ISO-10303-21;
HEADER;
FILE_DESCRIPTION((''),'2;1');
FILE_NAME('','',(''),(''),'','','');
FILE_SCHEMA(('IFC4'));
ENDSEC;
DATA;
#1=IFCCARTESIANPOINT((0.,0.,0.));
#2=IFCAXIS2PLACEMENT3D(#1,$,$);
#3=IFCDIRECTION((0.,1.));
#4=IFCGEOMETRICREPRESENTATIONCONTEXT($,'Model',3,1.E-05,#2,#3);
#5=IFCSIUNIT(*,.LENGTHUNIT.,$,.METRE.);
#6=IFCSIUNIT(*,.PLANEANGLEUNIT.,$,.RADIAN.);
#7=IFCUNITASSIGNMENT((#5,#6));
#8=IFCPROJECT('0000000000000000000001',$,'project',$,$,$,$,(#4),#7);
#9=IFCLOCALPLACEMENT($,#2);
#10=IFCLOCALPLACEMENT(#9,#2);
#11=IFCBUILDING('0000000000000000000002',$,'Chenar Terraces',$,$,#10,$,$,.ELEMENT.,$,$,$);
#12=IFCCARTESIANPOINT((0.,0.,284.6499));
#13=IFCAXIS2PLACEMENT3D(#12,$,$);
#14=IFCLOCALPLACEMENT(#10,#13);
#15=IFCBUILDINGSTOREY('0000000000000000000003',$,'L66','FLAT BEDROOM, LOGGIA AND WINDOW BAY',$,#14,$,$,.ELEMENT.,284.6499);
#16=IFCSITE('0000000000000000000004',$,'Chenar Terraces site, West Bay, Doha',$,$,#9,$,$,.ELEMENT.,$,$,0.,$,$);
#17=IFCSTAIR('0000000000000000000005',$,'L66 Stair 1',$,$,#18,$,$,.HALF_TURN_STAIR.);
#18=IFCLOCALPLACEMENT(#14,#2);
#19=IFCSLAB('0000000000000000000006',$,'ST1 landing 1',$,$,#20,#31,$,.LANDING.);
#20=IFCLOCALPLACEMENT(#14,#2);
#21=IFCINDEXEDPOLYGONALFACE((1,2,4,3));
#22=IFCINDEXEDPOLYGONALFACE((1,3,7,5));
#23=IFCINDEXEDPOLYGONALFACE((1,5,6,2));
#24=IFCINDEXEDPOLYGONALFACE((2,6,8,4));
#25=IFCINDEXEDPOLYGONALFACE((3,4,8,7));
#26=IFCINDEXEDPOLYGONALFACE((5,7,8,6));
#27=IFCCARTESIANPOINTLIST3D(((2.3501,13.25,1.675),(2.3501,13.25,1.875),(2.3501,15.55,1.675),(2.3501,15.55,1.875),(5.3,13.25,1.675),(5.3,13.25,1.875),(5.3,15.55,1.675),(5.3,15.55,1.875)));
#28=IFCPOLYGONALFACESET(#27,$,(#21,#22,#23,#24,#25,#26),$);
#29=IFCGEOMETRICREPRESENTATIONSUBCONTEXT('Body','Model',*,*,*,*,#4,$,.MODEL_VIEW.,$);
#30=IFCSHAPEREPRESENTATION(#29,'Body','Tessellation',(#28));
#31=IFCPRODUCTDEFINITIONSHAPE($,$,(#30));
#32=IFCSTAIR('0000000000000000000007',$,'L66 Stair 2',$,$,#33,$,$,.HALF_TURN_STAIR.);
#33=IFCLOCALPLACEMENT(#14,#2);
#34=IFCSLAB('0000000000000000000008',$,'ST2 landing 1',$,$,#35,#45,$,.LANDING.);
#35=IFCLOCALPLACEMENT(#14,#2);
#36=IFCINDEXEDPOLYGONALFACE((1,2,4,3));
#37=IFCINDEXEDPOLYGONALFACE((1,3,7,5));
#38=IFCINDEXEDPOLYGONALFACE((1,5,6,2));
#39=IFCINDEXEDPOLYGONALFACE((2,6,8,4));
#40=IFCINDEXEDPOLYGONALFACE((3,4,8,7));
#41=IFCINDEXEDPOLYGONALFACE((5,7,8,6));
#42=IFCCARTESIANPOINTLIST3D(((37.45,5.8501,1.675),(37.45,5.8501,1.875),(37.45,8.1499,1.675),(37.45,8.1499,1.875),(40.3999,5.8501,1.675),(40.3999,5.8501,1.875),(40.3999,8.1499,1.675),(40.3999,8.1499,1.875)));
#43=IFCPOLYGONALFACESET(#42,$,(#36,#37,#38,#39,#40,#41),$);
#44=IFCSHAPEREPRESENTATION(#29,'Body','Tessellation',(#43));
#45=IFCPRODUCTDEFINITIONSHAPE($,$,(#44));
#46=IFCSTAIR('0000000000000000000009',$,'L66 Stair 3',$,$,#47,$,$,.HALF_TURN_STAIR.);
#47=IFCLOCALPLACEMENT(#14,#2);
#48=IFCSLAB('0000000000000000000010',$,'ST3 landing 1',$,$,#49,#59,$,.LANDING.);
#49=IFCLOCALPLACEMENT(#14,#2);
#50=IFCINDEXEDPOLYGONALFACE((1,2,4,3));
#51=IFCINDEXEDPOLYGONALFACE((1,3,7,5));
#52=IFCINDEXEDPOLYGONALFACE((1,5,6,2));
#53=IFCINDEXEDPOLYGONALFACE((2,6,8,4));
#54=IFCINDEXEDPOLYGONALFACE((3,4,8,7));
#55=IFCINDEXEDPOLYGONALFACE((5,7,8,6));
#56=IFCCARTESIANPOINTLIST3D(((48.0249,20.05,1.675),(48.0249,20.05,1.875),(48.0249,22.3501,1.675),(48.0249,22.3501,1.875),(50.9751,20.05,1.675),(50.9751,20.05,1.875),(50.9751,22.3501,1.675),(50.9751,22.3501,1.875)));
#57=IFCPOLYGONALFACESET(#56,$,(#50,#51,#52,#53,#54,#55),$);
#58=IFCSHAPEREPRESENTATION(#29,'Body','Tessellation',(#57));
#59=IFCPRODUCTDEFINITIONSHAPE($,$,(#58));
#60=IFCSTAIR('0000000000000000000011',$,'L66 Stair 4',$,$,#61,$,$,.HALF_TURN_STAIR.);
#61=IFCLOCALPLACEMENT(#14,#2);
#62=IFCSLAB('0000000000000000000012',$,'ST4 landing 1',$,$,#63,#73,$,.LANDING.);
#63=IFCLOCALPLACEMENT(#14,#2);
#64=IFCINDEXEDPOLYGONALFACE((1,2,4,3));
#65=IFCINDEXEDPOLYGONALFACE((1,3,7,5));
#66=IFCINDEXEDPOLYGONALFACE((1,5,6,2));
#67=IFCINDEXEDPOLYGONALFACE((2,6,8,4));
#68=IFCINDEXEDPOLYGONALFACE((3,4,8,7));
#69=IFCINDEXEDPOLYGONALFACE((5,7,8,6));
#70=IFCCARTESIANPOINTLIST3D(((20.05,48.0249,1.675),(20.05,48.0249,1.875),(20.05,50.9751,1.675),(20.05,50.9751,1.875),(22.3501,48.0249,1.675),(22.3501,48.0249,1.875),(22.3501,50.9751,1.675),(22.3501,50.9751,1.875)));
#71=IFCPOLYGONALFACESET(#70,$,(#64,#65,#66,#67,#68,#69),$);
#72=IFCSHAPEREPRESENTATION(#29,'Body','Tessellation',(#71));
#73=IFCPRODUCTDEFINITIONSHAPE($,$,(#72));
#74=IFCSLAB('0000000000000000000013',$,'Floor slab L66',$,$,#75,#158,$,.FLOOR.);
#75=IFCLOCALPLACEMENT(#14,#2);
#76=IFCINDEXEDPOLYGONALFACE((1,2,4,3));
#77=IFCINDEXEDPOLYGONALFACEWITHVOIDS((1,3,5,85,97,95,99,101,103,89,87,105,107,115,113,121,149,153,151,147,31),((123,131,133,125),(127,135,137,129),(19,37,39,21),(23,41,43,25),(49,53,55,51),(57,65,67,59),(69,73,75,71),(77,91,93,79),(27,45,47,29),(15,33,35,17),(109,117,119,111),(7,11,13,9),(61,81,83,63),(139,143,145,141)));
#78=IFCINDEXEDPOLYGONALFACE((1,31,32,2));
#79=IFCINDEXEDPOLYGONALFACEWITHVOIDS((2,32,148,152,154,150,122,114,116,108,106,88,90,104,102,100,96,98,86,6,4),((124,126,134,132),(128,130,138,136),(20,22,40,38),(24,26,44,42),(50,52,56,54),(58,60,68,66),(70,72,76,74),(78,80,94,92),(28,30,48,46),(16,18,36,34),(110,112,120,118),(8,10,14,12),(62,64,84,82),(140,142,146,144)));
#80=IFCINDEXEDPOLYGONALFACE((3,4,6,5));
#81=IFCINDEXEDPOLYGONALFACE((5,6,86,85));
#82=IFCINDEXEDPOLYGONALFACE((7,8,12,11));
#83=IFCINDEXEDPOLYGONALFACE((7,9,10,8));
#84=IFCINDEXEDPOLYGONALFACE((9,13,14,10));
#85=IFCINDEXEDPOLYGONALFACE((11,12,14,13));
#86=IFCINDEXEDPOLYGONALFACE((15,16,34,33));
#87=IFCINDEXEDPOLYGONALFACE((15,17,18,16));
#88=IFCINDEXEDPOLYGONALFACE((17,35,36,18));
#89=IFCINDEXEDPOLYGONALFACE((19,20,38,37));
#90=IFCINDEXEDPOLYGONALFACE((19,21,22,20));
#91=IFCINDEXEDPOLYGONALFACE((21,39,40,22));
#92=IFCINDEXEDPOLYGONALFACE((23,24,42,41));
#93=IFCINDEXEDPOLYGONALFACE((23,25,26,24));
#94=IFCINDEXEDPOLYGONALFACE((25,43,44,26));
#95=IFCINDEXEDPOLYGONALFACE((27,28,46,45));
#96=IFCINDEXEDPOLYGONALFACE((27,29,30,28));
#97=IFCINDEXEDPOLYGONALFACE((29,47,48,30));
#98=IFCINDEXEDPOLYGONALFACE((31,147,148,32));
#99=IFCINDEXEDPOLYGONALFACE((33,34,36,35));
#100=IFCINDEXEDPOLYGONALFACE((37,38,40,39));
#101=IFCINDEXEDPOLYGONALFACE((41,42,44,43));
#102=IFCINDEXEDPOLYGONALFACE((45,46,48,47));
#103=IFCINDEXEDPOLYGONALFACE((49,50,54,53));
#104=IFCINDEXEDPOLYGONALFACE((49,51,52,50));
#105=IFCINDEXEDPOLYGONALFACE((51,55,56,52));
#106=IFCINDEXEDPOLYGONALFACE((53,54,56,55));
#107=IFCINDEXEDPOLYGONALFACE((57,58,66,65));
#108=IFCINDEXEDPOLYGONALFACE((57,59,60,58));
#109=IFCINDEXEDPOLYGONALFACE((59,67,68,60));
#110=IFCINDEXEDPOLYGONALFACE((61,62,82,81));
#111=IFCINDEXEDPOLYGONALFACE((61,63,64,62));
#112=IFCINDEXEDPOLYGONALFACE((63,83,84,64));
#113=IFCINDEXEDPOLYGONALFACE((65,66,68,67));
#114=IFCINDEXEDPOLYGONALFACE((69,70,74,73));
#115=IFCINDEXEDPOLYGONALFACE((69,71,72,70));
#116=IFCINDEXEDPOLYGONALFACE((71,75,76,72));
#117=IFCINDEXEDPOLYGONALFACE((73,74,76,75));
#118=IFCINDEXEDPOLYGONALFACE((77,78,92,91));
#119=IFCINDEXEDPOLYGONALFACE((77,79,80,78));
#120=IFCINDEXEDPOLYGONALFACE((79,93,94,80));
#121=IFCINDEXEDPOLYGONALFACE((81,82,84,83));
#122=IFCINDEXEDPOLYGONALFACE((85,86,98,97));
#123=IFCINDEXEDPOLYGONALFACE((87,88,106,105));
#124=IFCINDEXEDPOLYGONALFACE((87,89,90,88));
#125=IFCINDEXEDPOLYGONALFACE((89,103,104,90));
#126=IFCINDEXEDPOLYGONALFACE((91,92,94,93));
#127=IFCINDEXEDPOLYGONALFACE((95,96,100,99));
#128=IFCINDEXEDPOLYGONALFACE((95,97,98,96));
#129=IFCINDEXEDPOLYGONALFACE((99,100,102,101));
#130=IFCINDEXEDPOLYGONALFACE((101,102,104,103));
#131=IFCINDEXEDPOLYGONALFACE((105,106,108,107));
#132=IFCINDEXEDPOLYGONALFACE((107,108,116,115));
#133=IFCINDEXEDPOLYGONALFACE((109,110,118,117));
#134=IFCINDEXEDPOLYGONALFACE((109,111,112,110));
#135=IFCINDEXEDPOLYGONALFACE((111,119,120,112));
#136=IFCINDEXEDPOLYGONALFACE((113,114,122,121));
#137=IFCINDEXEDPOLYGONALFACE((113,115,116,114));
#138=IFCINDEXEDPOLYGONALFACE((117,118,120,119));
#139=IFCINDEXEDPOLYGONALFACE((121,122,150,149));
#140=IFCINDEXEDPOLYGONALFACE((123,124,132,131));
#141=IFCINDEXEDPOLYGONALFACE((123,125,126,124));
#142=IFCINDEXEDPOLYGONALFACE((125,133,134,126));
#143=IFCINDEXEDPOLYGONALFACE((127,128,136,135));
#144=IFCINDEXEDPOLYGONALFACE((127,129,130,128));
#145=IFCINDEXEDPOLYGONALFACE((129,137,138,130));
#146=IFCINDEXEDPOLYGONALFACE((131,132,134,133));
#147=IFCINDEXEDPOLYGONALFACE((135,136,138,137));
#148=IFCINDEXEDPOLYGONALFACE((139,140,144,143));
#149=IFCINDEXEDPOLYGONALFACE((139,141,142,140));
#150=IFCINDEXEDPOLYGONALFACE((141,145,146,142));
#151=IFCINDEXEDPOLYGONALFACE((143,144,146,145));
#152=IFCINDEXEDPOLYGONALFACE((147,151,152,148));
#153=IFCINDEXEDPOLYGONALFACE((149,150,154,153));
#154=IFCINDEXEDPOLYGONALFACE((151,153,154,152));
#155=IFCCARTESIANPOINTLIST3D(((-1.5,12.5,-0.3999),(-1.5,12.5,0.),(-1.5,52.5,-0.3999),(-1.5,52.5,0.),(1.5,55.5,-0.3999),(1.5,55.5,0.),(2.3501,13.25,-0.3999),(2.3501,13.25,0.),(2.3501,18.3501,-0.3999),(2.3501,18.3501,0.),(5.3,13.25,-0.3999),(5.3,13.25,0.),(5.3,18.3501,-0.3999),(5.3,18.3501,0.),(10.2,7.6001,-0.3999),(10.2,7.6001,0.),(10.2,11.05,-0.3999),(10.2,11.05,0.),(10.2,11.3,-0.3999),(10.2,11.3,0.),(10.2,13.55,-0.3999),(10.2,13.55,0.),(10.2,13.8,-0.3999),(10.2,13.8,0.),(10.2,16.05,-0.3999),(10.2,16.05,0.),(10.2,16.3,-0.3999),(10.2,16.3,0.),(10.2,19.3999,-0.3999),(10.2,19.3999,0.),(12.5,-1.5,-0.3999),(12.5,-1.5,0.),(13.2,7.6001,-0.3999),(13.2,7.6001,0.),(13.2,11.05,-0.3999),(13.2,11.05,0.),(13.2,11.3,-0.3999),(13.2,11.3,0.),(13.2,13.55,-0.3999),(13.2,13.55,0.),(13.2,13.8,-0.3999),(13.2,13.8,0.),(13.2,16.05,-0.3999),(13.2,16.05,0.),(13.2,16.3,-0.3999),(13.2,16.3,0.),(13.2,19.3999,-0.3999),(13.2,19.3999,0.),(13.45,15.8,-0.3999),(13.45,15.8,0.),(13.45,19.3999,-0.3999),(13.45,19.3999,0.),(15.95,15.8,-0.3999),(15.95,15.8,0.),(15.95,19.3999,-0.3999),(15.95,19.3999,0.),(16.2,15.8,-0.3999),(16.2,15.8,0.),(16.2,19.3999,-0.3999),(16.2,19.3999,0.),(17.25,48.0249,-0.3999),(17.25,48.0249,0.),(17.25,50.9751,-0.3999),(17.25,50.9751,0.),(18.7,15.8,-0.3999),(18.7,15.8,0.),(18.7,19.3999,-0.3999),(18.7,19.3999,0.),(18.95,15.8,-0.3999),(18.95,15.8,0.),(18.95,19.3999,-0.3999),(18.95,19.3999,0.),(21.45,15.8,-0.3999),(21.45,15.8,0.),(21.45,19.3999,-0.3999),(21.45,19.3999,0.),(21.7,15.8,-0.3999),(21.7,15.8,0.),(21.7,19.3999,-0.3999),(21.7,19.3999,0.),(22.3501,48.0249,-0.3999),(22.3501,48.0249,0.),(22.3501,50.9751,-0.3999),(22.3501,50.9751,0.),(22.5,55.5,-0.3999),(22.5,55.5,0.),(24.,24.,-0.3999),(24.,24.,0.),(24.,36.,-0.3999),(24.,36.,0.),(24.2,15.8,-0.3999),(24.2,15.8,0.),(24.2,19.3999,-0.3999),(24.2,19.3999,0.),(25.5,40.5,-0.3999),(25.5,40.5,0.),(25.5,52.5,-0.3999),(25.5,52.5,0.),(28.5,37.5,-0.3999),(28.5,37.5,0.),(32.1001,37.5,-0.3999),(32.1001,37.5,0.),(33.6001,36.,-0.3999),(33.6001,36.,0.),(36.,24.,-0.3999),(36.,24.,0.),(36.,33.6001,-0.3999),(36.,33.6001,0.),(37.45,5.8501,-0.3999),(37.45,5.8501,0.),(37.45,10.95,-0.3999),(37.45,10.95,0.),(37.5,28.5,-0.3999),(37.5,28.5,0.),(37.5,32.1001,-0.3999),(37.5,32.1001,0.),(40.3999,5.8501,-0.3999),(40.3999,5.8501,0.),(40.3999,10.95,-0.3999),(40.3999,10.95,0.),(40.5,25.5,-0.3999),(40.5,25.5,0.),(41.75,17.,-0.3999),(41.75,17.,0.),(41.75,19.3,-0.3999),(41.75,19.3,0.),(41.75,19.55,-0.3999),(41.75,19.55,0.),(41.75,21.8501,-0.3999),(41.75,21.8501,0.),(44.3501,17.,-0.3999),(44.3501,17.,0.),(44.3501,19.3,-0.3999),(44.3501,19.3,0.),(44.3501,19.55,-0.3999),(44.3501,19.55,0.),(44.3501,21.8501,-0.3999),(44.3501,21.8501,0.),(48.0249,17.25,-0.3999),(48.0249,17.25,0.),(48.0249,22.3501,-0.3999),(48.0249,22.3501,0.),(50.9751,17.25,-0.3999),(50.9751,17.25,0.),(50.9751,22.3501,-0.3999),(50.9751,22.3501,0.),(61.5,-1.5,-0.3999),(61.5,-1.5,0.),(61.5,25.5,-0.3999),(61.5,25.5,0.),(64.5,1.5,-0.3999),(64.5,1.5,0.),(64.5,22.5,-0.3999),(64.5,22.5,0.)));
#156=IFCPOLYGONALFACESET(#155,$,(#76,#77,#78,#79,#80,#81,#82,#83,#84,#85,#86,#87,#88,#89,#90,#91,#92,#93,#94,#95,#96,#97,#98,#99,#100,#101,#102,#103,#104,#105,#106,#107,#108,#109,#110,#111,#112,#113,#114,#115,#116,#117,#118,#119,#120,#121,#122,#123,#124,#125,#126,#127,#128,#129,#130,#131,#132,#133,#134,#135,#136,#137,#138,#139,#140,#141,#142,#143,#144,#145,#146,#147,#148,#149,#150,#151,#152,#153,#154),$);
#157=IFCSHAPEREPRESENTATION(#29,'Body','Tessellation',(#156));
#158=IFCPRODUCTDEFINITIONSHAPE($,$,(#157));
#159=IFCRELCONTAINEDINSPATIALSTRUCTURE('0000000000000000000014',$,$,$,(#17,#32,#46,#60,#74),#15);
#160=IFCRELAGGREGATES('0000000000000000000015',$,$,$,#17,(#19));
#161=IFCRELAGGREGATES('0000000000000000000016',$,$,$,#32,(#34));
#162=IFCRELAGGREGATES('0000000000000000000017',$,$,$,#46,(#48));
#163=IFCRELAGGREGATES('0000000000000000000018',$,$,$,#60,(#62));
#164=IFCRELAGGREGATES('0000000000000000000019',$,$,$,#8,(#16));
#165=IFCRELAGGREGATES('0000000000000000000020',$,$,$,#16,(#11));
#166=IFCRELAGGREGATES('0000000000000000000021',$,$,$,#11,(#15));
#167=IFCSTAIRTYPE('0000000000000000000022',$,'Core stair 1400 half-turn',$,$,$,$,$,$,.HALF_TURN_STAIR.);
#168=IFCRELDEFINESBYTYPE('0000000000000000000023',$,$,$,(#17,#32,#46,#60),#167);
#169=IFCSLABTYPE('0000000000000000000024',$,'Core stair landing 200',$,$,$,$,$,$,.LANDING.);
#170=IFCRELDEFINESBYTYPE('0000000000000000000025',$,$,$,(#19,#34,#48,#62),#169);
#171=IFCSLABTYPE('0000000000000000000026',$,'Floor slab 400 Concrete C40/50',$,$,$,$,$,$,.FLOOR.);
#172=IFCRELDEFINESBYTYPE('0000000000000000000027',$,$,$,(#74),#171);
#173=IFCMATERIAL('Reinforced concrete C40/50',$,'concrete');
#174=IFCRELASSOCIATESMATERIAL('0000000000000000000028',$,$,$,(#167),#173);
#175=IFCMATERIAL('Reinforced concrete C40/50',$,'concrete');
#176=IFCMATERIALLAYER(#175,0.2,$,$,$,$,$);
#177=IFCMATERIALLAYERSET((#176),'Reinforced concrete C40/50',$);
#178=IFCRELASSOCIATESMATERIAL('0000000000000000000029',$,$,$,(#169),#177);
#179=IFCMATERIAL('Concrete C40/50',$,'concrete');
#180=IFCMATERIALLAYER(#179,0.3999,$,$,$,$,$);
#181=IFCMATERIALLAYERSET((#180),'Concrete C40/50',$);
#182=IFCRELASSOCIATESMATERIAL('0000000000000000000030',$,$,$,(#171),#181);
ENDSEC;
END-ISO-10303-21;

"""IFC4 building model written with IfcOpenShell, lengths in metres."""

from ifc_helpers import new_model, si_unit, direction, frame, origin, place, context, subcontext, project, spatial, polyline, outline, extrude, material, layer, layer_set, type_object, element, aggregate, save


model = new_model("IFC4")

# Units and contexts
model_context = context("Model", 3, precision=1e-05, world=origin(), true_north=direction((0.0, 1.0)))
body_context = subcontext(model_context, "Body", "Model", "MODEL_VIEW")
ifc_project = project(units=[si_unit("LENGTHUNIT", "METRE"), si_unit("PLANEANGLEUNIT", "RADIAN")], contexts=[model_context])

# Site, building, storey
site_placement = place(None, origin())
site = spatial("IfcSite", under=ifc_project, at=site_placement, Name="Chenar Terraces site, West Bay, Doha", CompositionType="ELEMENT", RefElevation=0.0)
building_placement = place(site_placement, origin())
building = spatial("IfcBuilding", under=site, at=building_placement, Name="Chenar Terraces", CompositionType="ELEMENT")
storey_placement = place(building_placement, frame((0.0, 0.0, 284.6499)))
storey = spatial("IfcBuildingStorey", under=building, at=storey_placement, Name="L66", Description="FLAT BEDROOM, LOGGIA AND WINDOW BAY", CompositionType="ELEMENT", Elevation=284.6499)

# Stairs, slabs
ifc_material_1 = material(Name="Reinforced concrete C40/50", Category="concrete")
stair_type = type_object("IfcStairType", Name="Core stair 1400 half-turn", PredefinedType="HALF_TURN_STAIR", material=ifc_material_1)
placement_1 = place(storey_placement, origin())
stair_1 = element("IfcStair", 1, at=placement_1, inside=storey, type_object=stair_type, Name="L66 Stair 1", PredefinedType="HALF_TURN_STAIR")
ifc_material_2 = material(Name="Reinforced concrete C40/50", Category="concrete")
ifc_layer_1 = layer(ifc_material_2, 0.2)
ifc_layer_set_1 = layer_set([ifc_layer_1], Name="Reinforced concrete C40/50")
slab_type_1 = type_object("IfcSlabType", Name="Core stair landing 200", PredefinedType="LANDING", material=ifc_layer_set_1)
placement_2 = place(storey_placement, frame((0.0, 0.0, 1.675)))
slab_1 = element("IfcSlab", 2, at=placement_2, type_object=slab_type_1, Name="ST1 landing 1", PredefinedType="LANDING", context=body_context, shape_type="SweptSolid", body=[
    extrude(outline(polyline([(2.3501, 15.55), (2.3501, 13.25), (5.3, 13.25), (5.3, 15.55), (2.3501, 15.55)])), origin(), (0.0, 0.0, 1.0), 0.2),
])
aggregate(stair_1, [slab_1])
stair_2 = element("IfcStair", 3, at=placement_1, inside=storey, type_object=stair_type, Name="L66 Stair 2", PredefinedType="HALF_TURN_STAIR")
slab_2 = element("IfcSlab", 4, at=placement_2, type_object=slab_type_1, Name="ST2 landing 1", PredefinedType="LANDING", context=body_context, shape_type="SweptSolid", body=[
    extrude(outline(polyline([(37.45, 8.1499), (37.45, 5.8501), (40.3999, 5.8501), (40.3999, 8.1499), (37.45, 8.1499)])), origin(), (0.0, 0.0, 1.0), 0.2),
])
aggregate(stair_2, [slab_2])
stair_3 = element("IfcStair", 5, at=placement_1, inside=storey, type_object=stair_type, Name="L66 Stair 3", PredefinedType="HALF_TURN_STAIR")
slab_3 = element("IfcSlab", 6, at=placement_2, type_object=slab_type_1, Name="ST3 landing 1", PredefinedType="LANDING", context=body_context, shape_type="SweptSolid", body=[
    extrude(outline(polyline([(50.9751, 20.05), (50.9751, 22.3501), (48.0249, 22.3501), (48.0249, 20.05), (50.9751, 20.05)])), origin(), (0.0, 0.0, 1.0), 0.2),
])
aggregate(stair_3, [slab_3])
stair_4 = element("IfcStair", 7, at=placement_1, inside=storey, type_object=stair_type, Name="L66 Stair 4", PredefinedType="HALF_TURN_STAIR")
slab_4 = element("IfcSlab", 8, at=placement_2, type_object=slab_type_1, Name="ST4 landing 1", PredefinedType="LANDING", context=body_context, shape_type="SweptSolid", body=[
    extrude(outline(polyline([(20.05, 48.0249), (22.3501, 48.0249), (22.3501, 50.9751), (20.05, 50.9751), (20.05, 48.0249)])), origin(), (0.0, 0.0, 1.0), 0.2),
])
aggregate(stair_4, [slab_4])

# Slab
ifc_material_3 = material(Name="Concrete C40/50", Category="concrete")
ifc_layer_2 = layer(ifc_material_3, 0.3999)
ifc_layer_set_2 = layer_set([ifc_layer_2], Name="Concrete C40/50")
slab_type_2 = type_object("IfcSlabType", Name="Floor slab 400 Concrete C40/50", PredefinedType="FLOOR", material=ifc_layer_set_2)
slab_5_placement = place(storey_placement, frame((0.0, 0.0, -0.3999)))
element("IfcSlab", 9, at=slab_5_placement, inside=storey, type_object=slab_type_2, Name="Floor slab L66", PredefinedType="FLOOR", context=body_context, shape_type="SweptSolid", body=[
    extrude(outline(polyline([(64.5, 22.5), (64.5, 1.5), (61.5, -1.5), (12.5, -1.5), (-1.5, 12.5), (-1.5, 52.5), (1.5, 55.5), (22.5, 55.5), (25.5, 52.5), (25.5, 40.5), (28.5, 37.5), (32.1001, 37.5), (33.6001, 36.0), (24.0, 36.0), (24.0, 24.0), (36.0, 24.0), (36.0, 33.6001), (37.5, 32.1001), (37.5, 28.5), (40.5, 25.5), (61.5, 25.5), (64.5, 22.5)]), holes=[polyline([(10.2, 11.05), (10.2, 7.6001), (13.2, 7.6001), (13.2, 11.05), (10.2, 11.05)]), polyline([(13.2, 13.55), (10.2, 13.55), (10.2, 11.3), (13.2, 11.3), (13.2, 13.55)]), polyline([(13.2, 16.05), (10.2, 16.05), (10.2, 13.8), (13.2, 13.8), (13.2, 16.05)]), polyline([(2.3501, 13.25), (5.3, 13.25), (5.3, 18.3501), (2.3501, 18.3501), (2.3501, 13.25)]), polyline([(15.95, 19.3999), (13.45, 19.3999), (13.45, 15.8), (15.95, 15.8), (15.95, 19.3999)]), polyline([(18.7, 19.3999), (16.2, 19.3999), (16.2, 15.8), (18.7, 15.8), (18.7, 19.3999)]), polyline([(13.2, 19.3999), (10.2, 19.3999), (10.2, 16.3), (13.2, 16.3), (13.2, 19.3999)]), polyline([(22.3501, 48.0249), (22.3501, 50.9751), (17.25, 50.9751), (17.25, 48.0249), (22.3501, 48.0249)]), polyline([(37.45, 5.8501), (40.3999, 5.8501), (40.3999, 10.95), (37.45, 10.95), (37.45, 5.8501)]), polyline([(21.45, 19.3999), (18.95, 19.3999), (18.95, 15.8), (21.45, 15.8), (21.45, 19.3999)]), polyline([(24.2, 19.3999), (21.7, 19.3999), (21.7, 15.8), (24.2, 15.8), (24.2, 19.3999)]), polyline([(44.3501, 19.3), (41.75, 19.3), (41.75, 17.0), (44.3501, 17.0), (44.3501, 19.3)]), polyline([(50.9751, 22.3501), (48.0249, 22.3501), (48.0249, 17.25), (50.9751, 17.25), (50.9751, 22.3501)]), polyline([(44.3501, 21.8501), (41.75, 21.8501), (41.75, 19.55), (44.3501, 19.55), (44.3501, 21.8501)])]), origin(), (0.0, 0.0, 1.0), 0.3999),
])

save(model, "model.ifc")
